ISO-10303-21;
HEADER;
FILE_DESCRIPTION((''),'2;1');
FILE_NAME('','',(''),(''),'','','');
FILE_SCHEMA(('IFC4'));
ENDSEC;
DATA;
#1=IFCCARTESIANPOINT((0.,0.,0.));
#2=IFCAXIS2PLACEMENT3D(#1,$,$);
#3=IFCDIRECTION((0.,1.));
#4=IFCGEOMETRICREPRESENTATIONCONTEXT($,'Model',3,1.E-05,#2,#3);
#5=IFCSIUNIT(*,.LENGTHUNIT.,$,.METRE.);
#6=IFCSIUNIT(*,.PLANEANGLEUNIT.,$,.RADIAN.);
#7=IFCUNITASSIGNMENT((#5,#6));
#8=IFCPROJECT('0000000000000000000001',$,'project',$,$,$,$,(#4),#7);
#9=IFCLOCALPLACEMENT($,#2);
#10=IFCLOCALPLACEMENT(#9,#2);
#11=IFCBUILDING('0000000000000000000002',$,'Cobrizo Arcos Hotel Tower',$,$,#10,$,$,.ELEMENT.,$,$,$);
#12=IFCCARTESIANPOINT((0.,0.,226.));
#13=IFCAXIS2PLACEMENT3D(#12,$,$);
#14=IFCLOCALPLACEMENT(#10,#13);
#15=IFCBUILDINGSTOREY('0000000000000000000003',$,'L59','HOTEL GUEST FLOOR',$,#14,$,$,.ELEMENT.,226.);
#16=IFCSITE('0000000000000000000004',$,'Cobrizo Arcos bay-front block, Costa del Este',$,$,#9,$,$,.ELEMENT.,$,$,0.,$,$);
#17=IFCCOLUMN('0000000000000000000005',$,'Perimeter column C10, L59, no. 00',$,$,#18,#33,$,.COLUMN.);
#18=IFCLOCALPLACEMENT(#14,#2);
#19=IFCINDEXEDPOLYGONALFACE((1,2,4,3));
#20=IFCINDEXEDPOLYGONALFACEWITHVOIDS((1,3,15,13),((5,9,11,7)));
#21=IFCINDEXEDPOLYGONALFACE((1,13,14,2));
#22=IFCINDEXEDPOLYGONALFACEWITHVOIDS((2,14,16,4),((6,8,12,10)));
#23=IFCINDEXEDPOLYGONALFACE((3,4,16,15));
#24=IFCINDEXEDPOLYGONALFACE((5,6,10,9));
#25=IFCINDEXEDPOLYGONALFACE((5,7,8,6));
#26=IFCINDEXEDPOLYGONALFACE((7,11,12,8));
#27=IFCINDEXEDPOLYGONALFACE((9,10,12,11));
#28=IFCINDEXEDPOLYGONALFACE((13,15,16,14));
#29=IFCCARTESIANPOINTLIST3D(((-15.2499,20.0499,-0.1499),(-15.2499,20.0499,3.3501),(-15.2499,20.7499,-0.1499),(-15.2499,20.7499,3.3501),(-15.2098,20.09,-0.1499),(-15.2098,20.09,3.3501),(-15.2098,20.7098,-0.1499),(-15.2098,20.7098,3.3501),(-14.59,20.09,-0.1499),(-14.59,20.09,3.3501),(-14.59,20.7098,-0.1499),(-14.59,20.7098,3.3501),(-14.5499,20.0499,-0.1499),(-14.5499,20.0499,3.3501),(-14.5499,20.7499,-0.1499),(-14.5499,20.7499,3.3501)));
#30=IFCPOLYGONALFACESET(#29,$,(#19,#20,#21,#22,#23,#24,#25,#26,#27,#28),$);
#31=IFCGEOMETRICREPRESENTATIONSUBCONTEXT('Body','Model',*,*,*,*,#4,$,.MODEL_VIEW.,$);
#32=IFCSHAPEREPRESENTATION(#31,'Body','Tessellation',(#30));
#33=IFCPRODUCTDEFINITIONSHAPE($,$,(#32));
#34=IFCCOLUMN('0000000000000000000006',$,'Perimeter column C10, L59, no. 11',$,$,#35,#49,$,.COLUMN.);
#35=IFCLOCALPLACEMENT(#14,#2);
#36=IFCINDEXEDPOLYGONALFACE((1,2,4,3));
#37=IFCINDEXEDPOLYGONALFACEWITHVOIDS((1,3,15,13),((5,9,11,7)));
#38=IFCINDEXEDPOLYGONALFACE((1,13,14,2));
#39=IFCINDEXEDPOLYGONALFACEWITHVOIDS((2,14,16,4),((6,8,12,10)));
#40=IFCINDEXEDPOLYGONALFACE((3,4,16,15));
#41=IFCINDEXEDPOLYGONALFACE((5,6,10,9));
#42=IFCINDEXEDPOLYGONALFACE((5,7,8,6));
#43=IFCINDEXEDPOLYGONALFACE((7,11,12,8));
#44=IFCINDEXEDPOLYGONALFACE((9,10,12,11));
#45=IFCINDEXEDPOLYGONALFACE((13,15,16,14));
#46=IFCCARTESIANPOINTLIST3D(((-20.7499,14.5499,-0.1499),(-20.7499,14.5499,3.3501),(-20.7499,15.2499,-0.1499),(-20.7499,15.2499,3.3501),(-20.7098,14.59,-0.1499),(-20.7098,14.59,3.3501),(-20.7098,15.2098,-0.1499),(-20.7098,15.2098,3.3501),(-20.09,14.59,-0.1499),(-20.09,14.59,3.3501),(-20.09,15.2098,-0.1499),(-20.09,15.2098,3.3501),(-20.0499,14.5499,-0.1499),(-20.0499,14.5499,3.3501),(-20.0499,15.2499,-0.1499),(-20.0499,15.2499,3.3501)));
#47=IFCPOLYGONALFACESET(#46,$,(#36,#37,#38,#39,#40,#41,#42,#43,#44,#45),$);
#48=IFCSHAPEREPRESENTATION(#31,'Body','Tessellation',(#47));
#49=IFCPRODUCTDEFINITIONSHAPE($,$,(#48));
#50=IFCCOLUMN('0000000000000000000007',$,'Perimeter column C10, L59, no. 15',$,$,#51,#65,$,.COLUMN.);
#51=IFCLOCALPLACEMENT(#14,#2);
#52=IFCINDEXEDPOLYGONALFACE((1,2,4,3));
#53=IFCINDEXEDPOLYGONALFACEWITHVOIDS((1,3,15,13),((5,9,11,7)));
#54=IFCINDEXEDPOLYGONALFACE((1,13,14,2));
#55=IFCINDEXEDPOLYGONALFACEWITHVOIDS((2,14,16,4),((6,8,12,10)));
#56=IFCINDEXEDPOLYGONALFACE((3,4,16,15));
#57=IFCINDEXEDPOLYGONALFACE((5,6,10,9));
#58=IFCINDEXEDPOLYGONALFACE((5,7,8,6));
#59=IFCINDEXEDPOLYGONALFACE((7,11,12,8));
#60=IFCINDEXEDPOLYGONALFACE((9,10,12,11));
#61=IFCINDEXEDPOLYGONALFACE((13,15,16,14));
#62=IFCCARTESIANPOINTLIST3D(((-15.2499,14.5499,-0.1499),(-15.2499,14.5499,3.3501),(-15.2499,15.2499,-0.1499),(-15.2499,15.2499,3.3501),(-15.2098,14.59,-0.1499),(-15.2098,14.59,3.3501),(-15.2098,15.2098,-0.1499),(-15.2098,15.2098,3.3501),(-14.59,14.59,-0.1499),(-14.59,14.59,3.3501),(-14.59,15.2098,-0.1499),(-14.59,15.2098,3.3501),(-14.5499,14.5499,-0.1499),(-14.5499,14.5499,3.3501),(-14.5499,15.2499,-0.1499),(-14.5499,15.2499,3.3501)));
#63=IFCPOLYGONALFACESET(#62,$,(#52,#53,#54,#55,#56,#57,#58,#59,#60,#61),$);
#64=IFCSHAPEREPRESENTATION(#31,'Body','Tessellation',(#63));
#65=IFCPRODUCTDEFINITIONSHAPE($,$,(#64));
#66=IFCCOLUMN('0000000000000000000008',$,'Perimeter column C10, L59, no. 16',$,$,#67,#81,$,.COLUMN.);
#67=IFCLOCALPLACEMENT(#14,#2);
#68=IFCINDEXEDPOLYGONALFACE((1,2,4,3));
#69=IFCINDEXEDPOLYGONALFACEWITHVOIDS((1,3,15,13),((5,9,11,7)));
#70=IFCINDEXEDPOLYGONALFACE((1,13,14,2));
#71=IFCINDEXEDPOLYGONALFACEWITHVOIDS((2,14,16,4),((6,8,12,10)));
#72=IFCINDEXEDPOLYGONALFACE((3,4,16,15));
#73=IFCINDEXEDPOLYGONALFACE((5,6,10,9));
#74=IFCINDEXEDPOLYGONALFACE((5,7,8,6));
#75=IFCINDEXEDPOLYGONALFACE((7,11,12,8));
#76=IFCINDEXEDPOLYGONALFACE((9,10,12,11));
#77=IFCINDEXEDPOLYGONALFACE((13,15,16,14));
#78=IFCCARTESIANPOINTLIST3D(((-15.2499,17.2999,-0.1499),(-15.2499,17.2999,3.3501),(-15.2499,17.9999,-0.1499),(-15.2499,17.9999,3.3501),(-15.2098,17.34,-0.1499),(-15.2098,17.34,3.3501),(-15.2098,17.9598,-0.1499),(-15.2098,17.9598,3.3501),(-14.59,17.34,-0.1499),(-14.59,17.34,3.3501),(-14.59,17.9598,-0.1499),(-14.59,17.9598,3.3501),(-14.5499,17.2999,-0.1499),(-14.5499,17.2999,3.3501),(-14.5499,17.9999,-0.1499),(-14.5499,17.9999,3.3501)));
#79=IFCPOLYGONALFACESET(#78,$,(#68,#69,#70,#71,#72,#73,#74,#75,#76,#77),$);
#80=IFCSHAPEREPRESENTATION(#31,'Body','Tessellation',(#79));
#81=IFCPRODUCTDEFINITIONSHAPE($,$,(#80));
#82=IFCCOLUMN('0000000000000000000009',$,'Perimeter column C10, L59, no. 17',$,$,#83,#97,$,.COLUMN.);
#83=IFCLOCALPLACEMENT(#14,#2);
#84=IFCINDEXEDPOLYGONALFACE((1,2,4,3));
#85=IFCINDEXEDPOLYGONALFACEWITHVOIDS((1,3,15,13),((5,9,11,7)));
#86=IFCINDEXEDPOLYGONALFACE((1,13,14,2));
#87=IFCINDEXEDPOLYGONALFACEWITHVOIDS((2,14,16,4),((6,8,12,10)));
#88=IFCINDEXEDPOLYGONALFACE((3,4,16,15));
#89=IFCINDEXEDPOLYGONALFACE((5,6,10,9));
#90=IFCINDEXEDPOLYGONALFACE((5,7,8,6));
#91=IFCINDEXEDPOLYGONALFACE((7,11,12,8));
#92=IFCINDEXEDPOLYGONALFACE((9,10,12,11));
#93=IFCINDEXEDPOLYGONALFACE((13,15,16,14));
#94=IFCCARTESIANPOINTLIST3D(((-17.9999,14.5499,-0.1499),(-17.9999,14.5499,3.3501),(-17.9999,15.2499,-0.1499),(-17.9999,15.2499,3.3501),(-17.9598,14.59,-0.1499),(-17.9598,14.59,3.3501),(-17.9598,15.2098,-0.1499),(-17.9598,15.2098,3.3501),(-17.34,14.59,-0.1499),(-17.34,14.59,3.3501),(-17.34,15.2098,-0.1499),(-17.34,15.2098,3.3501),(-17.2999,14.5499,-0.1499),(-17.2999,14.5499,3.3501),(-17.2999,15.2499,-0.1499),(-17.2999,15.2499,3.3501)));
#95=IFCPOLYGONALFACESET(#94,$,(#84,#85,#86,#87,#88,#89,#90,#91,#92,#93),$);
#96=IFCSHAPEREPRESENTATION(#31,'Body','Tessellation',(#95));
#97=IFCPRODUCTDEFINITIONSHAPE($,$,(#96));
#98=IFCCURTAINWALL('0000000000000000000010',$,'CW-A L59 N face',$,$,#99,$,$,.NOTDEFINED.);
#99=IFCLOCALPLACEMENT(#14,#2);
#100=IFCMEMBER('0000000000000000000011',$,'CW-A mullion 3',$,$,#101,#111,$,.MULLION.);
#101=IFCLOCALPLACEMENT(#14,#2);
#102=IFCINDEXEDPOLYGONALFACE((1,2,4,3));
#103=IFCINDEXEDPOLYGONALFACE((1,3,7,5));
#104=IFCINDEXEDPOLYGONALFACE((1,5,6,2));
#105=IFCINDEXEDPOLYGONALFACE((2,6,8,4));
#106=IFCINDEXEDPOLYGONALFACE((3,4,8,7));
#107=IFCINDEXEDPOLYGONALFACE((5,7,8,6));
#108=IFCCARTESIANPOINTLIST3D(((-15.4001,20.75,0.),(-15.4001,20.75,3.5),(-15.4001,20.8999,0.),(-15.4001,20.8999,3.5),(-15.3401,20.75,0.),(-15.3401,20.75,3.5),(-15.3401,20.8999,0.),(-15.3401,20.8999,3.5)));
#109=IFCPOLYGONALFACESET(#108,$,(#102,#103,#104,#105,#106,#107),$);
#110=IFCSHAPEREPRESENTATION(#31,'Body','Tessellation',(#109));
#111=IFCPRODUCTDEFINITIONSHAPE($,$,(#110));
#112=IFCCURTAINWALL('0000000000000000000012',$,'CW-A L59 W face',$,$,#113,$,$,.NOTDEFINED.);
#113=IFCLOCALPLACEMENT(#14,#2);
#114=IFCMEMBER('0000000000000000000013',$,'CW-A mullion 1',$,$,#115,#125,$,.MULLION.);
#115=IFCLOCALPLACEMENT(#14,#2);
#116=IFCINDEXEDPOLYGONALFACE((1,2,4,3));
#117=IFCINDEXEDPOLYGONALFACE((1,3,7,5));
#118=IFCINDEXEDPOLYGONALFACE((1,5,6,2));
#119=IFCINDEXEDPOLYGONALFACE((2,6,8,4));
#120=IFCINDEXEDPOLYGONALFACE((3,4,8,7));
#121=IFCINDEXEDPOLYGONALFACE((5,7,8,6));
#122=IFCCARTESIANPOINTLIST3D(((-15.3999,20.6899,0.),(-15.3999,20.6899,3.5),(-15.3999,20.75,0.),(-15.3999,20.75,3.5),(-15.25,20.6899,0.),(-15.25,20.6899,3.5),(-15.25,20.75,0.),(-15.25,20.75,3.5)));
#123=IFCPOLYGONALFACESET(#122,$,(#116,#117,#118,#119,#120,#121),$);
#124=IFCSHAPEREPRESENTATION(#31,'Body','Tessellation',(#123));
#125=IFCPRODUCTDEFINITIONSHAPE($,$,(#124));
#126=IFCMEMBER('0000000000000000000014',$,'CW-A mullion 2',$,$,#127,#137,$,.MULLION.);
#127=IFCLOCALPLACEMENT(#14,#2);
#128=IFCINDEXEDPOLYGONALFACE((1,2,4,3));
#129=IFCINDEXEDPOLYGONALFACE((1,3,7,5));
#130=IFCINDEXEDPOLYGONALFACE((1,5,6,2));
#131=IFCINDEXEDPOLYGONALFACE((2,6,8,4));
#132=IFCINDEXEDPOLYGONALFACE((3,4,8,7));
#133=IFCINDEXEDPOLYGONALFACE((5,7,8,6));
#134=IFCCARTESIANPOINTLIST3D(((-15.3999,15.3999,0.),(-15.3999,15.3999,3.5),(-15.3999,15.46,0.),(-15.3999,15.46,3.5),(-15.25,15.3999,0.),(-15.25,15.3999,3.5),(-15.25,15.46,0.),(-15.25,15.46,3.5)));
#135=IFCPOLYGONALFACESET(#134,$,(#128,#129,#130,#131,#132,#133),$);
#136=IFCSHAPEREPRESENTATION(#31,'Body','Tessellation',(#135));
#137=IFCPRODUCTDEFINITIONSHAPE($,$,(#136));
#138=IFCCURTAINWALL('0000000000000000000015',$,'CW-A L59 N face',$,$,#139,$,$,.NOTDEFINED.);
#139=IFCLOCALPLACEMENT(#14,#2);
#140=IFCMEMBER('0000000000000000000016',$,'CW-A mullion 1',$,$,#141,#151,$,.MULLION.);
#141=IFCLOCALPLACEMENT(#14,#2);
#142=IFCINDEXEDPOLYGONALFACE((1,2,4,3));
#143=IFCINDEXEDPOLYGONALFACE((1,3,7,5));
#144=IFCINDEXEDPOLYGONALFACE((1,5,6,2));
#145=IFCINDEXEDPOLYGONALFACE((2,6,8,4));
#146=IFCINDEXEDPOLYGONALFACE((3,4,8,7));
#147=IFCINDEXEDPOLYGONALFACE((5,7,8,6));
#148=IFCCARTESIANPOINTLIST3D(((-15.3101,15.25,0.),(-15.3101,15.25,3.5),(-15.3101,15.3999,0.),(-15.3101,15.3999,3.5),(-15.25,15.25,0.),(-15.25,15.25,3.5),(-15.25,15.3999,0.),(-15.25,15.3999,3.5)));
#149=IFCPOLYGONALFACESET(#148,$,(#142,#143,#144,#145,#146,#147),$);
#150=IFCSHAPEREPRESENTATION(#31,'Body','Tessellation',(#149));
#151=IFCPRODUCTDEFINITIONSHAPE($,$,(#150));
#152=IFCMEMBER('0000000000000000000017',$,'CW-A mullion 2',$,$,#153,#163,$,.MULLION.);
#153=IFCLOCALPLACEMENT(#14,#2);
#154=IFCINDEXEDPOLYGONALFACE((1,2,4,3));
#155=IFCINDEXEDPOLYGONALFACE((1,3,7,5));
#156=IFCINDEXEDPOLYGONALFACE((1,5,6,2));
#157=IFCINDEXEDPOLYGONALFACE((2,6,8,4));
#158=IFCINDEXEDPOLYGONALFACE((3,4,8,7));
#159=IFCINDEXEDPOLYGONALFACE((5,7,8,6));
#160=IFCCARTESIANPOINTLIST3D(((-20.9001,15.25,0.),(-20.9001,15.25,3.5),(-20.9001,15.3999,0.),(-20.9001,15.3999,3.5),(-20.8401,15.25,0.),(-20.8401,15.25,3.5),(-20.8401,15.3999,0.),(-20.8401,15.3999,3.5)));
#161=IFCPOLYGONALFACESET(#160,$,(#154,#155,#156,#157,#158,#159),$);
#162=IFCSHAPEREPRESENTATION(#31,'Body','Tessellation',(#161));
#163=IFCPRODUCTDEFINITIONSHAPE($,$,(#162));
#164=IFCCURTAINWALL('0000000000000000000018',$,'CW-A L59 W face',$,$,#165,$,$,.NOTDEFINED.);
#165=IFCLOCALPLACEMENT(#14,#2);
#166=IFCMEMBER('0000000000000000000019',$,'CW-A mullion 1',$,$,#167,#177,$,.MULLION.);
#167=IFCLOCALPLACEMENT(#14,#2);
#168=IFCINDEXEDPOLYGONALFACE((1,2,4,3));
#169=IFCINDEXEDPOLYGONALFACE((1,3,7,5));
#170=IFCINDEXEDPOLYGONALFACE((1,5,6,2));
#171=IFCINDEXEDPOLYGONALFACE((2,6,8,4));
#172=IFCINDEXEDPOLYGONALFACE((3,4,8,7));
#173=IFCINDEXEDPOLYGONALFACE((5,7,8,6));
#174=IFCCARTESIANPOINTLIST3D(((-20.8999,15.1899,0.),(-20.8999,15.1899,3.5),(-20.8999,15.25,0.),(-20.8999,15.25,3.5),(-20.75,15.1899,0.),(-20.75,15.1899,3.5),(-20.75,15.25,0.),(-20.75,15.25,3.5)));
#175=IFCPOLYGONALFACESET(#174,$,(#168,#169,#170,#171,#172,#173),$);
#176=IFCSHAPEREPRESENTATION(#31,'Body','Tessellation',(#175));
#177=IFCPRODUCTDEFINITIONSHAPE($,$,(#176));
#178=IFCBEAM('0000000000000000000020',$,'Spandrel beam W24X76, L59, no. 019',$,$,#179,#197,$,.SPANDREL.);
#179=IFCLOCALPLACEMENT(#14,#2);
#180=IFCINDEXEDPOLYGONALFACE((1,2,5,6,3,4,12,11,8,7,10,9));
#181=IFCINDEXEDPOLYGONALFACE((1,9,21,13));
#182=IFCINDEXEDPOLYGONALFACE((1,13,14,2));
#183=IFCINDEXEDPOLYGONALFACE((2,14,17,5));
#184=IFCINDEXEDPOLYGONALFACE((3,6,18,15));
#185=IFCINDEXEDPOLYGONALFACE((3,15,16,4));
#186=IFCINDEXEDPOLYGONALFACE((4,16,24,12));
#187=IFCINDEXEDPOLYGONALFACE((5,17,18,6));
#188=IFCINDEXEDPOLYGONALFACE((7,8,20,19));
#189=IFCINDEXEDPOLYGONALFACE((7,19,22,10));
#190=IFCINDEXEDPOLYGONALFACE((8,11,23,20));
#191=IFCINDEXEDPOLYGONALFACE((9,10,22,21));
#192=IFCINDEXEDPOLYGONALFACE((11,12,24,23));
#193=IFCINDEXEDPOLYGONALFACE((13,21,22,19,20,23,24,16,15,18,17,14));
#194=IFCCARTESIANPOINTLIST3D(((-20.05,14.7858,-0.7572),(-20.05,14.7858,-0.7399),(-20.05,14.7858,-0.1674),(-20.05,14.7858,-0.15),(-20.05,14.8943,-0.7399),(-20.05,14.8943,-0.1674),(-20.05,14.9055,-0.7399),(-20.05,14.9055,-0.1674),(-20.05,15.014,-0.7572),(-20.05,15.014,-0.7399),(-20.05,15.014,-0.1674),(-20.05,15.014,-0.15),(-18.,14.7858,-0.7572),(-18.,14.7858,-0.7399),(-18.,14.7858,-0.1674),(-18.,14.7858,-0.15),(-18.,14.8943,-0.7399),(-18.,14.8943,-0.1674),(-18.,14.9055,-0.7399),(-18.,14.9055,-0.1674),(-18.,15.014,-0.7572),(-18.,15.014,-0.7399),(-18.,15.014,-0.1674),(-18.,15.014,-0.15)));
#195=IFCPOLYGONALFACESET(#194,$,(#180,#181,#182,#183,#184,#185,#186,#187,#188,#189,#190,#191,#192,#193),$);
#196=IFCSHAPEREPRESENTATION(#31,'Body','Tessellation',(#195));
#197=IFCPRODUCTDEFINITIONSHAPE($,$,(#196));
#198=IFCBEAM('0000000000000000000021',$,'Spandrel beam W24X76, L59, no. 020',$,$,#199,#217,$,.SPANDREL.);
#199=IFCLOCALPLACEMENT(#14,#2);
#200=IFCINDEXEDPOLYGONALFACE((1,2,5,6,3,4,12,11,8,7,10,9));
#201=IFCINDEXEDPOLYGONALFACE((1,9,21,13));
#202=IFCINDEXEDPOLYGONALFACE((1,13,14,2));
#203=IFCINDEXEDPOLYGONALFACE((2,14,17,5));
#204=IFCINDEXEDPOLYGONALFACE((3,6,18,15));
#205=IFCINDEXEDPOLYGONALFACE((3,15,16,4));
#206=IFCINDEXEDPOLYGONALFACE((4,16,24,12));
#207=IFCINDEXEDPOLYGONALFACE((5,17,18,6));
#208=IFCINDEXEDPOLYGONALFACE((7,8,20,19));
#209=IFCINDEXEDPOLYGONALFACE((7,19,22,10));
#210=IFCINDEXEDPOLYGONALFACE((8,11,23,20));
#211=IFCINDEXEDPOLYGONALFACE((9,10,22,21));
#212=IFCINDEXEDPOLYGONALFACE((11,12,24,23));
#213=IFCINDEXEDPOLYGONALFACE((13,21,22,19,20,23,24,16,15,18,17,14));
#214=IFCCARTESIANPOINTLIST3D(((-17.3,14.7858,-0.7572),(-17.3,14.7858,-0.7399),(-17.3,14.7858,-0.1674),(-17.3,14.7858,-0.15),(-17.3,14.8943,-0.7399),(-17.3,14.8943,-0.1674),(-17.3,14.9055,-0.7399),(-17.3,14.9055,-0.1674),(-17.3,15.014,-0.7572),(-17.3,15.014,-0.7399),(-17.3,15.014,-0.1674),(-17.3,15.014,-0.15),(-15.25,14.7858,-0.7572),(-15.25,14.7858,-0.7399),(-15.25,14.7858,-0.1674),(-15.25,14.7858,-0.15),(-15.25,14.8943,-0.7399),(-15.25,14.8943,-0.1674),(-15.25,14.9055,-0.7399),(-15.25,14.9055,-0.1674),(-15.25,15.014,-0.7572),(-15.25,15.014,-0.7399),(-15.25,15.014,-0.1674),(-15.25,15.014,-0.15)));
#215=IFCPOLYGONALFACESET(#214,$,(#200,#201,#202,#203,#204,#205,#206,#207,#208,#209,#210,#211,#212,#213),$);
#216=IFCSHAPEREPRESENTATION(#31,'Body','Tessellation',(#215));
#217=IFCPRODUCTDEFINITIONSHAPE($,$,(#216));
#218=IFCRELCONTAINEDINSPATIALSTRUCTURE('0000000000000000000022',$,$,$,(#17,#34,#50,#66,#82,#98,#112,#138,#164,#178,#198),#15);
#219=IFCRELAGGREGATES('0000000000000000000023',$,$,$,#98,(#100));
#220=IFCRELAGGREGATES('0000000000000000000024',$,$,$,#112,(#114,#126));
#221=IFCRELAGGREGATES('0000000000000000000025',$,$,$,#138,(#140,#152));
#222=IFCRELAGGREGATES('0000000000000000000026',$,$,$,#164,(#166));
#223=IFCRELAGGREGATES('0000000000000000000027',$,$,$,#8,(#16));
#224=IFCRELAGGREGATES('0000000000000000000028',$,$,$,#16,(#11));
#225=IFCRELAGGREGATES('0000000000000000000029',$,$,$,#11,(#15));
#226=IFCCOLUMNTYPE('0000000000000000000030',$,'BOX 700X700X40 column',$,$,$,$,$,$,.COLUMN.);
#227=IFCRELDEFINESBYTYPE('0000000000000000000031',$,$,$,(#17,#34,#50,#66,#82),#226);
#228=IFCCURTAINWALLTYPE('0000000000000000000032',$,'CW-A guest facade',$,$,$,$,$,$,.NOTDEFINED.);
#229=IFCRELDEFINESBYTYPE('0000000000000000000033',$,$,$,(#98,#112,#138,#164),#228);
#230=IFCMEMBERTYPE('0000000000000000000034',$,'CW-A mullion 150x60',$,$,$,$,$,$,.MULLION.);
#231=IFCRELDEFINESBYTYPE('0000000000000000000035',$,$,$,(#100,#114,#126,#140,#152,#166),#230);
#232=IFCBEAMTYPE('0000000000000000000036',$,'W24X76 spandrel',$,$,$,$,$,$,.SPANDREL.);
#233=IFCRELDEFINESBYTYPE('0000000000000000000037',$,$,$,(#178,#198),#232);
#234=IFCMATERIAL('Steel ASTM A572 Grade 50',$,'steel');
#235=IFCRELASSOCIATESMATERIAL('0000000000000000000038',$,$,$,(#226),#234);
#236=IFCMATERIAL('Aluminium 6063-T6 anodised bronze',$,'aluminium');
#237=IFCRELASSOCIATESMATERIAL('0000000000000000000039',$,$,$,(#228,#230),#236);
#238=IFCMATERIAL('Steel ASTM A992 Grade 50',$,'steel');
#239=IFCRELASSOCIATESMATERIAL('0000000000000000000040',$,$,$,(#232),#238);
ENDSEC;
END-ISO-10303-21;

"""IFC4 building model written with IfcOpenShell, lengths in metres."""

from ifc_helpers import new_model, si_unit, direction, frame, origin, origin_2d, place, context, subcontext, project, spatial, rectangle, hollow_rectangle, i_section, extrude, material, material_profile, profile_set, type_object, element, aggregate, save


model = new_model("IFC4")

# Units and contexts
model_context = context("Model", 3, precision=1e-05, world=origin(), true_north=direction((0.0, 1.0)))
body_context = subcontext(model_context, "Body", "Model", "MODEL_VIEW")
ifc_project = project(units=[si_unit("LENGTHUNIT", "METRE"), si_unit("PLANEANGLEUNIT", "RADIAN")], contexts=[model_context])

# Site, building, storey
site_placement = place(None, origin())
site = spatial("IfcSite", under=ifc_project, at=site_placement, Name="Cobrizo Arcos bay-front block, Costa del Este", CompositionType="ELEMENT", RefElevation=0.0)
building_placement = place(site_placement, origin())
building = spatial("IfcBuilding", under=site, at=building_placement, Name="Cobrizo Arcos Hotel Tower", CompositionType="ELEMENT")
storey_placement = place(building_placement, frame((0.0, 0.0, 226.0)))
storey = spatial("IfcBuildingStorey", under=building, at=storey_placement, Name="L59", Description="HOTEL GUEST FLOOR", CompositionType="ELEMENT", Elevation=226.0)

# Columns
ifc_material_1 = material(Name="Steel ASTM A572 Grade 50", Category="steel")
ifc_material_profile_1 = material_profile(ifc_material_1, hollow_rectangle(XDim=0.7, YDim=0.7, WallThickness=0.04, at=origin_2d()), Name="BOX 700X700X40")
ifc_profile_set_1 = profile_set([ifc_material_profile_1], Name="Steel ASTM A572 Grade 50")
column_type = type_object("IfcColumnType", Name="BOX 700X700X40 column", PredefinedType="COLUMN", material=ifc_profile_set_1)
for number, where, z_axis, x_axis, name in (
    (1, (-14.8999, 20.3999, -0.1499), (0.0, 0.0, 1.0), (1.0, 0.0, 0.0), "Perimeter column C10, L59, no. 00"),
    (2, (-20.3999, 14.8999, -0.1499), (0.0, 0.0, 1.0), (1.0, 0.0, 0.0), "Perimeter column C10, L59, no. 11"),
    (3, (-14.8999, 14.8999, -0.1499), (0.0, 0.0, 1.0), (1.0, 0.0, 0.0), "Perimeter column C10, L59, no. 15"),
    (4, (-14.8999, 17.6499, -0.1499), (0.0, 0.0, 1.0), (1.0, 0.0, 0.0), "Perimeter column C10, L59, no. 16"),
    (5, (-17.6499, 14.8999, -0.1499), (0.0, 0.0, 1.0), (1.0, 0.0, 0.0), "Perimeter column C10, L59, no. 17"),
):
    element("IfcColumn", number, at=place(storey_placement, frame(where, z_axis=z_axis, x_axis=x_axis)), inside=storey, type_object=column_type, Name=name, PredefinedType="COLUMN", context=body_context, shape_type="SweptSolid", body=[
        extrude(hollow_rectangle(XDim=0.7, YDim=0.7, WallThickness=0.04, at=origin_2d()), origin(), (0.0, 0.0, 1.0), 3.5),
    ])

# Curtain wall, member
ifc_material_2 = material(Name="Aluminium 6063-T6 anodised bronze", Category="aluminium")
curtain_wall_type = type_object("IfcCurtainWallType", Name="CW-A guest facade", PredefinedType="NOTDEFINED", material=ifc_material_2)
curtain_wall_1_placement = place(storey_placement, origin())
curtain_wall_1 = element("IfcCurtainWall", 6, at=curtain_wall_1_placement, inside=storey, type_object=curtain_wall_type, Name="CW-A L59 N face", PredefinedType="NOTDEFINED")
ifc_material_profile_2 = material_profile(ifc_material_2, rectangle(XDim=0.1499, YDim=0.0601, at=origin_2d()), Name="CW-A mullion 150x60")
ifc_profile_set_2 = profile_set([ifc_material_profile_2], Name="Aluminium 6063-T6 anodised bronze")
member_type = type_object("IfcMemberType", Name="CW-A mullion 150x60", PredefinedType="MULLION", material=ifc_profile_set_2)
member_1_placement = place(storey_placement, frame((-15.3701, 20.825, 0.0), z_axis=(0.0, 0.0, 1.0), x_axis=(0.0, 1.0, 0.0)))
member_1 = element("IfcMember", 7, at=member_1_placement, type_object=member_type, Name="CW-A mullion 3", PredefinedType="MULLION", context=body_context, shape_type="SweptSolid", body=[
    extrude(rectangle(XDim=0.1499, YDim=0.0601, at=origin_2d()), origin(), (0.0, 0.0, 1.0), 3.5),
])

# Curtain walls, members
curtain_wall_2_placement = place(storey_placement, origin())
curtain_wall_2 = element("IfcCurtainWall", 8, at=curtain_wall_2_placement, inside=storey, type_object=curtain_wall_type, Name="CW-A L59 W face", PredefinedType="NOTDEFINED")
member_2_placement = place(storey_placement, frame((-15.325, 20.72, 0.0), z_axis=(0.0, 0.0, 1.0), x_axis=(-1.0, 0.0, 0.0)))
member_2 = element("IfcMember", 9, at=member_2_placement, type_object=member_type, Name="CW-A mullion 1", PredefinedType="MULLION", context=body_context, shape_type="SweptSolid", body=[
    extrude(rectangle(XDim=0.1499, YDim=0.0601, at=origin_2d()), origin(), (0.0, 0.0, 1.0), 3.5),
])
member_3_placement = place(storey_placement, frame((-15.325, 15.4299, 0.0), z_axis=(0.0, 0.0, 1.0), x_axis=(-1.0, 0.0, 0.0)))
member_3 = element("IfcMember", 10, at=member_3_placement, type_object=member_type, Name="CW-A mullion 2", PredefinedType="MULLION", context=body_context, shape_type="SweptSolid", body=[
    extrude(rectangle(XDim=0.1499, YDim=0.0601, at=origin_2d()), origin(), (0.0, 0.0, 1.0), 3.5),
])
curtain_wall_3_placement = place(storey_placement, origin())
curtain_wall_3 = element("IfcCurtainWall", 11, at=curtain_wall_3_placement, inside=storey, type_object=curtain_wall_type, Name="CW-A L59 N face", PredefinedType="NOTDEFINED")
member_4_placement = place(storey_placement, frame((-15.28, 15.325, 0.0), z_axis=(0.0, 0.0, 1.0), x_axis=(0.0, 1.0, 0.0)))
member_4 = element("IfcMember", 12, at=member_4_placement, type_object=member_type, Name="CW-A mullion 1", PredefinedType="MULLION", context=body_context, shape_type="SweptSolid", body=[
    extrude(rectangle(XDim=0.1499, YDim=0.0601, at=origin_2d()), origin(), (0.0, 0.0, 1.0), 3.5),
])
member_5_placement = place(storey_placement, frame((-20.8701, 15.325, 0.0), z_axis=(0.0, 0.0, 1.0), x_axis=(0.0, 1.0, 0.0)))
member_5 = element("IfcMember", 13, at=member_5_placement, type_object=member_type, Name="CW-A mullion 2", PredefinedType="MULLION", context=body_context, shape_type="SweptSolid", body=[
    extrude(rectangle(XDim=0.1499, YDim=0.0601, at=origin_2d()), origin(), (0.0, 0.0, 1.0), 3.5),
])

# Curtain wall, member
curtain_wall_4_placement = place(storey_placement, origin())
curtain_wall_4 = element("IfcCurtainWall", 14, at=curtain_wall_4_placement, inside=storey, type_object=curtain_wall_type, Name="CW-A L59 W face", PredefinedType="NOTDEFINED")
member_6_placement = place(storey_placement, frame((-20.825, 15.22, 0.0), z_axis=(0.0, 0.0, 1.0), x_axis=(-1.0, 0.0, 0.0)))
member_6 = element("IfcMember", 15, at=member_6_placement, type_object=member_type, Name="CW-A mullion 1", PredefinedType="MULLION", context=body_context, shape_type="SweptSolid", body=[
    extrude(rectangle(XDim=0.1499, YDim=0.0601, at=origin_2d()), origin(), (0.0, 0.0, 1.0), 3.5),
])

# Beams
ifc_material_3 = material(Name="Steel ASTM A992 Grade 50", Category="steel")
ifc_material_profile_3 = material_profile(ifc_material_3, i_section(OverallWidth=0.2283, OverallDepth=0.6072, WebThickness=0.0112, FlangeThickness=0.0173, at=origin_2d()), Name="W24X76")
ifc_profile_set_3 = profile_set([ifc_material_profile_3], Name="Steel ASTM A992 Grade 50")
beam_type = type_object("IfcBeamType", Name="W24X76 spandrel", PredefinedType="SPANDREL", material=ifc_profile_set_3)
for number, where, z_axis, x_axis, name in (
    (16, (-20.05, 14.8999, -0.4536), (1.0, 0.0, 0.0), (0.0, 1.0, 0.0), "Spandrel beam W24X76, L59, no. 019"),
    (17, (-17.3, 14.8999, -0.4536), (1.0, 0.0, 0.0), (0.0, 1.0, 0.0), "Spandrel beam W24X76, L59, no. 020"),
):
    element("IfcBeam", number, at=place(storey_placement, frame(where, z_axis=z_axis, x_axis=x_axis)), inside=storey, type_object=beam_type, Name=name, PredefinedType="SPANDREL", context=body_context, shape_type="SweptSolid", body=[
        extrude(i_section(OverallWidth=0.2283, OverallDepth=0.6072, WebThickness=0.0112, FlangeThickness=0.0173, at=origin_2d()), origin(), (0.0, 0.0, 1.0), 2.05),
    ])

aggregate(curtain_wall_1, [member_1])
aggregate(curtain_wall_2, [member_2, member_3])
aggregate(curtain_wall_3, [member_4, member_5])
aggregate(curtain_wall_4, [member_6])

save(model, "model.ifc")
